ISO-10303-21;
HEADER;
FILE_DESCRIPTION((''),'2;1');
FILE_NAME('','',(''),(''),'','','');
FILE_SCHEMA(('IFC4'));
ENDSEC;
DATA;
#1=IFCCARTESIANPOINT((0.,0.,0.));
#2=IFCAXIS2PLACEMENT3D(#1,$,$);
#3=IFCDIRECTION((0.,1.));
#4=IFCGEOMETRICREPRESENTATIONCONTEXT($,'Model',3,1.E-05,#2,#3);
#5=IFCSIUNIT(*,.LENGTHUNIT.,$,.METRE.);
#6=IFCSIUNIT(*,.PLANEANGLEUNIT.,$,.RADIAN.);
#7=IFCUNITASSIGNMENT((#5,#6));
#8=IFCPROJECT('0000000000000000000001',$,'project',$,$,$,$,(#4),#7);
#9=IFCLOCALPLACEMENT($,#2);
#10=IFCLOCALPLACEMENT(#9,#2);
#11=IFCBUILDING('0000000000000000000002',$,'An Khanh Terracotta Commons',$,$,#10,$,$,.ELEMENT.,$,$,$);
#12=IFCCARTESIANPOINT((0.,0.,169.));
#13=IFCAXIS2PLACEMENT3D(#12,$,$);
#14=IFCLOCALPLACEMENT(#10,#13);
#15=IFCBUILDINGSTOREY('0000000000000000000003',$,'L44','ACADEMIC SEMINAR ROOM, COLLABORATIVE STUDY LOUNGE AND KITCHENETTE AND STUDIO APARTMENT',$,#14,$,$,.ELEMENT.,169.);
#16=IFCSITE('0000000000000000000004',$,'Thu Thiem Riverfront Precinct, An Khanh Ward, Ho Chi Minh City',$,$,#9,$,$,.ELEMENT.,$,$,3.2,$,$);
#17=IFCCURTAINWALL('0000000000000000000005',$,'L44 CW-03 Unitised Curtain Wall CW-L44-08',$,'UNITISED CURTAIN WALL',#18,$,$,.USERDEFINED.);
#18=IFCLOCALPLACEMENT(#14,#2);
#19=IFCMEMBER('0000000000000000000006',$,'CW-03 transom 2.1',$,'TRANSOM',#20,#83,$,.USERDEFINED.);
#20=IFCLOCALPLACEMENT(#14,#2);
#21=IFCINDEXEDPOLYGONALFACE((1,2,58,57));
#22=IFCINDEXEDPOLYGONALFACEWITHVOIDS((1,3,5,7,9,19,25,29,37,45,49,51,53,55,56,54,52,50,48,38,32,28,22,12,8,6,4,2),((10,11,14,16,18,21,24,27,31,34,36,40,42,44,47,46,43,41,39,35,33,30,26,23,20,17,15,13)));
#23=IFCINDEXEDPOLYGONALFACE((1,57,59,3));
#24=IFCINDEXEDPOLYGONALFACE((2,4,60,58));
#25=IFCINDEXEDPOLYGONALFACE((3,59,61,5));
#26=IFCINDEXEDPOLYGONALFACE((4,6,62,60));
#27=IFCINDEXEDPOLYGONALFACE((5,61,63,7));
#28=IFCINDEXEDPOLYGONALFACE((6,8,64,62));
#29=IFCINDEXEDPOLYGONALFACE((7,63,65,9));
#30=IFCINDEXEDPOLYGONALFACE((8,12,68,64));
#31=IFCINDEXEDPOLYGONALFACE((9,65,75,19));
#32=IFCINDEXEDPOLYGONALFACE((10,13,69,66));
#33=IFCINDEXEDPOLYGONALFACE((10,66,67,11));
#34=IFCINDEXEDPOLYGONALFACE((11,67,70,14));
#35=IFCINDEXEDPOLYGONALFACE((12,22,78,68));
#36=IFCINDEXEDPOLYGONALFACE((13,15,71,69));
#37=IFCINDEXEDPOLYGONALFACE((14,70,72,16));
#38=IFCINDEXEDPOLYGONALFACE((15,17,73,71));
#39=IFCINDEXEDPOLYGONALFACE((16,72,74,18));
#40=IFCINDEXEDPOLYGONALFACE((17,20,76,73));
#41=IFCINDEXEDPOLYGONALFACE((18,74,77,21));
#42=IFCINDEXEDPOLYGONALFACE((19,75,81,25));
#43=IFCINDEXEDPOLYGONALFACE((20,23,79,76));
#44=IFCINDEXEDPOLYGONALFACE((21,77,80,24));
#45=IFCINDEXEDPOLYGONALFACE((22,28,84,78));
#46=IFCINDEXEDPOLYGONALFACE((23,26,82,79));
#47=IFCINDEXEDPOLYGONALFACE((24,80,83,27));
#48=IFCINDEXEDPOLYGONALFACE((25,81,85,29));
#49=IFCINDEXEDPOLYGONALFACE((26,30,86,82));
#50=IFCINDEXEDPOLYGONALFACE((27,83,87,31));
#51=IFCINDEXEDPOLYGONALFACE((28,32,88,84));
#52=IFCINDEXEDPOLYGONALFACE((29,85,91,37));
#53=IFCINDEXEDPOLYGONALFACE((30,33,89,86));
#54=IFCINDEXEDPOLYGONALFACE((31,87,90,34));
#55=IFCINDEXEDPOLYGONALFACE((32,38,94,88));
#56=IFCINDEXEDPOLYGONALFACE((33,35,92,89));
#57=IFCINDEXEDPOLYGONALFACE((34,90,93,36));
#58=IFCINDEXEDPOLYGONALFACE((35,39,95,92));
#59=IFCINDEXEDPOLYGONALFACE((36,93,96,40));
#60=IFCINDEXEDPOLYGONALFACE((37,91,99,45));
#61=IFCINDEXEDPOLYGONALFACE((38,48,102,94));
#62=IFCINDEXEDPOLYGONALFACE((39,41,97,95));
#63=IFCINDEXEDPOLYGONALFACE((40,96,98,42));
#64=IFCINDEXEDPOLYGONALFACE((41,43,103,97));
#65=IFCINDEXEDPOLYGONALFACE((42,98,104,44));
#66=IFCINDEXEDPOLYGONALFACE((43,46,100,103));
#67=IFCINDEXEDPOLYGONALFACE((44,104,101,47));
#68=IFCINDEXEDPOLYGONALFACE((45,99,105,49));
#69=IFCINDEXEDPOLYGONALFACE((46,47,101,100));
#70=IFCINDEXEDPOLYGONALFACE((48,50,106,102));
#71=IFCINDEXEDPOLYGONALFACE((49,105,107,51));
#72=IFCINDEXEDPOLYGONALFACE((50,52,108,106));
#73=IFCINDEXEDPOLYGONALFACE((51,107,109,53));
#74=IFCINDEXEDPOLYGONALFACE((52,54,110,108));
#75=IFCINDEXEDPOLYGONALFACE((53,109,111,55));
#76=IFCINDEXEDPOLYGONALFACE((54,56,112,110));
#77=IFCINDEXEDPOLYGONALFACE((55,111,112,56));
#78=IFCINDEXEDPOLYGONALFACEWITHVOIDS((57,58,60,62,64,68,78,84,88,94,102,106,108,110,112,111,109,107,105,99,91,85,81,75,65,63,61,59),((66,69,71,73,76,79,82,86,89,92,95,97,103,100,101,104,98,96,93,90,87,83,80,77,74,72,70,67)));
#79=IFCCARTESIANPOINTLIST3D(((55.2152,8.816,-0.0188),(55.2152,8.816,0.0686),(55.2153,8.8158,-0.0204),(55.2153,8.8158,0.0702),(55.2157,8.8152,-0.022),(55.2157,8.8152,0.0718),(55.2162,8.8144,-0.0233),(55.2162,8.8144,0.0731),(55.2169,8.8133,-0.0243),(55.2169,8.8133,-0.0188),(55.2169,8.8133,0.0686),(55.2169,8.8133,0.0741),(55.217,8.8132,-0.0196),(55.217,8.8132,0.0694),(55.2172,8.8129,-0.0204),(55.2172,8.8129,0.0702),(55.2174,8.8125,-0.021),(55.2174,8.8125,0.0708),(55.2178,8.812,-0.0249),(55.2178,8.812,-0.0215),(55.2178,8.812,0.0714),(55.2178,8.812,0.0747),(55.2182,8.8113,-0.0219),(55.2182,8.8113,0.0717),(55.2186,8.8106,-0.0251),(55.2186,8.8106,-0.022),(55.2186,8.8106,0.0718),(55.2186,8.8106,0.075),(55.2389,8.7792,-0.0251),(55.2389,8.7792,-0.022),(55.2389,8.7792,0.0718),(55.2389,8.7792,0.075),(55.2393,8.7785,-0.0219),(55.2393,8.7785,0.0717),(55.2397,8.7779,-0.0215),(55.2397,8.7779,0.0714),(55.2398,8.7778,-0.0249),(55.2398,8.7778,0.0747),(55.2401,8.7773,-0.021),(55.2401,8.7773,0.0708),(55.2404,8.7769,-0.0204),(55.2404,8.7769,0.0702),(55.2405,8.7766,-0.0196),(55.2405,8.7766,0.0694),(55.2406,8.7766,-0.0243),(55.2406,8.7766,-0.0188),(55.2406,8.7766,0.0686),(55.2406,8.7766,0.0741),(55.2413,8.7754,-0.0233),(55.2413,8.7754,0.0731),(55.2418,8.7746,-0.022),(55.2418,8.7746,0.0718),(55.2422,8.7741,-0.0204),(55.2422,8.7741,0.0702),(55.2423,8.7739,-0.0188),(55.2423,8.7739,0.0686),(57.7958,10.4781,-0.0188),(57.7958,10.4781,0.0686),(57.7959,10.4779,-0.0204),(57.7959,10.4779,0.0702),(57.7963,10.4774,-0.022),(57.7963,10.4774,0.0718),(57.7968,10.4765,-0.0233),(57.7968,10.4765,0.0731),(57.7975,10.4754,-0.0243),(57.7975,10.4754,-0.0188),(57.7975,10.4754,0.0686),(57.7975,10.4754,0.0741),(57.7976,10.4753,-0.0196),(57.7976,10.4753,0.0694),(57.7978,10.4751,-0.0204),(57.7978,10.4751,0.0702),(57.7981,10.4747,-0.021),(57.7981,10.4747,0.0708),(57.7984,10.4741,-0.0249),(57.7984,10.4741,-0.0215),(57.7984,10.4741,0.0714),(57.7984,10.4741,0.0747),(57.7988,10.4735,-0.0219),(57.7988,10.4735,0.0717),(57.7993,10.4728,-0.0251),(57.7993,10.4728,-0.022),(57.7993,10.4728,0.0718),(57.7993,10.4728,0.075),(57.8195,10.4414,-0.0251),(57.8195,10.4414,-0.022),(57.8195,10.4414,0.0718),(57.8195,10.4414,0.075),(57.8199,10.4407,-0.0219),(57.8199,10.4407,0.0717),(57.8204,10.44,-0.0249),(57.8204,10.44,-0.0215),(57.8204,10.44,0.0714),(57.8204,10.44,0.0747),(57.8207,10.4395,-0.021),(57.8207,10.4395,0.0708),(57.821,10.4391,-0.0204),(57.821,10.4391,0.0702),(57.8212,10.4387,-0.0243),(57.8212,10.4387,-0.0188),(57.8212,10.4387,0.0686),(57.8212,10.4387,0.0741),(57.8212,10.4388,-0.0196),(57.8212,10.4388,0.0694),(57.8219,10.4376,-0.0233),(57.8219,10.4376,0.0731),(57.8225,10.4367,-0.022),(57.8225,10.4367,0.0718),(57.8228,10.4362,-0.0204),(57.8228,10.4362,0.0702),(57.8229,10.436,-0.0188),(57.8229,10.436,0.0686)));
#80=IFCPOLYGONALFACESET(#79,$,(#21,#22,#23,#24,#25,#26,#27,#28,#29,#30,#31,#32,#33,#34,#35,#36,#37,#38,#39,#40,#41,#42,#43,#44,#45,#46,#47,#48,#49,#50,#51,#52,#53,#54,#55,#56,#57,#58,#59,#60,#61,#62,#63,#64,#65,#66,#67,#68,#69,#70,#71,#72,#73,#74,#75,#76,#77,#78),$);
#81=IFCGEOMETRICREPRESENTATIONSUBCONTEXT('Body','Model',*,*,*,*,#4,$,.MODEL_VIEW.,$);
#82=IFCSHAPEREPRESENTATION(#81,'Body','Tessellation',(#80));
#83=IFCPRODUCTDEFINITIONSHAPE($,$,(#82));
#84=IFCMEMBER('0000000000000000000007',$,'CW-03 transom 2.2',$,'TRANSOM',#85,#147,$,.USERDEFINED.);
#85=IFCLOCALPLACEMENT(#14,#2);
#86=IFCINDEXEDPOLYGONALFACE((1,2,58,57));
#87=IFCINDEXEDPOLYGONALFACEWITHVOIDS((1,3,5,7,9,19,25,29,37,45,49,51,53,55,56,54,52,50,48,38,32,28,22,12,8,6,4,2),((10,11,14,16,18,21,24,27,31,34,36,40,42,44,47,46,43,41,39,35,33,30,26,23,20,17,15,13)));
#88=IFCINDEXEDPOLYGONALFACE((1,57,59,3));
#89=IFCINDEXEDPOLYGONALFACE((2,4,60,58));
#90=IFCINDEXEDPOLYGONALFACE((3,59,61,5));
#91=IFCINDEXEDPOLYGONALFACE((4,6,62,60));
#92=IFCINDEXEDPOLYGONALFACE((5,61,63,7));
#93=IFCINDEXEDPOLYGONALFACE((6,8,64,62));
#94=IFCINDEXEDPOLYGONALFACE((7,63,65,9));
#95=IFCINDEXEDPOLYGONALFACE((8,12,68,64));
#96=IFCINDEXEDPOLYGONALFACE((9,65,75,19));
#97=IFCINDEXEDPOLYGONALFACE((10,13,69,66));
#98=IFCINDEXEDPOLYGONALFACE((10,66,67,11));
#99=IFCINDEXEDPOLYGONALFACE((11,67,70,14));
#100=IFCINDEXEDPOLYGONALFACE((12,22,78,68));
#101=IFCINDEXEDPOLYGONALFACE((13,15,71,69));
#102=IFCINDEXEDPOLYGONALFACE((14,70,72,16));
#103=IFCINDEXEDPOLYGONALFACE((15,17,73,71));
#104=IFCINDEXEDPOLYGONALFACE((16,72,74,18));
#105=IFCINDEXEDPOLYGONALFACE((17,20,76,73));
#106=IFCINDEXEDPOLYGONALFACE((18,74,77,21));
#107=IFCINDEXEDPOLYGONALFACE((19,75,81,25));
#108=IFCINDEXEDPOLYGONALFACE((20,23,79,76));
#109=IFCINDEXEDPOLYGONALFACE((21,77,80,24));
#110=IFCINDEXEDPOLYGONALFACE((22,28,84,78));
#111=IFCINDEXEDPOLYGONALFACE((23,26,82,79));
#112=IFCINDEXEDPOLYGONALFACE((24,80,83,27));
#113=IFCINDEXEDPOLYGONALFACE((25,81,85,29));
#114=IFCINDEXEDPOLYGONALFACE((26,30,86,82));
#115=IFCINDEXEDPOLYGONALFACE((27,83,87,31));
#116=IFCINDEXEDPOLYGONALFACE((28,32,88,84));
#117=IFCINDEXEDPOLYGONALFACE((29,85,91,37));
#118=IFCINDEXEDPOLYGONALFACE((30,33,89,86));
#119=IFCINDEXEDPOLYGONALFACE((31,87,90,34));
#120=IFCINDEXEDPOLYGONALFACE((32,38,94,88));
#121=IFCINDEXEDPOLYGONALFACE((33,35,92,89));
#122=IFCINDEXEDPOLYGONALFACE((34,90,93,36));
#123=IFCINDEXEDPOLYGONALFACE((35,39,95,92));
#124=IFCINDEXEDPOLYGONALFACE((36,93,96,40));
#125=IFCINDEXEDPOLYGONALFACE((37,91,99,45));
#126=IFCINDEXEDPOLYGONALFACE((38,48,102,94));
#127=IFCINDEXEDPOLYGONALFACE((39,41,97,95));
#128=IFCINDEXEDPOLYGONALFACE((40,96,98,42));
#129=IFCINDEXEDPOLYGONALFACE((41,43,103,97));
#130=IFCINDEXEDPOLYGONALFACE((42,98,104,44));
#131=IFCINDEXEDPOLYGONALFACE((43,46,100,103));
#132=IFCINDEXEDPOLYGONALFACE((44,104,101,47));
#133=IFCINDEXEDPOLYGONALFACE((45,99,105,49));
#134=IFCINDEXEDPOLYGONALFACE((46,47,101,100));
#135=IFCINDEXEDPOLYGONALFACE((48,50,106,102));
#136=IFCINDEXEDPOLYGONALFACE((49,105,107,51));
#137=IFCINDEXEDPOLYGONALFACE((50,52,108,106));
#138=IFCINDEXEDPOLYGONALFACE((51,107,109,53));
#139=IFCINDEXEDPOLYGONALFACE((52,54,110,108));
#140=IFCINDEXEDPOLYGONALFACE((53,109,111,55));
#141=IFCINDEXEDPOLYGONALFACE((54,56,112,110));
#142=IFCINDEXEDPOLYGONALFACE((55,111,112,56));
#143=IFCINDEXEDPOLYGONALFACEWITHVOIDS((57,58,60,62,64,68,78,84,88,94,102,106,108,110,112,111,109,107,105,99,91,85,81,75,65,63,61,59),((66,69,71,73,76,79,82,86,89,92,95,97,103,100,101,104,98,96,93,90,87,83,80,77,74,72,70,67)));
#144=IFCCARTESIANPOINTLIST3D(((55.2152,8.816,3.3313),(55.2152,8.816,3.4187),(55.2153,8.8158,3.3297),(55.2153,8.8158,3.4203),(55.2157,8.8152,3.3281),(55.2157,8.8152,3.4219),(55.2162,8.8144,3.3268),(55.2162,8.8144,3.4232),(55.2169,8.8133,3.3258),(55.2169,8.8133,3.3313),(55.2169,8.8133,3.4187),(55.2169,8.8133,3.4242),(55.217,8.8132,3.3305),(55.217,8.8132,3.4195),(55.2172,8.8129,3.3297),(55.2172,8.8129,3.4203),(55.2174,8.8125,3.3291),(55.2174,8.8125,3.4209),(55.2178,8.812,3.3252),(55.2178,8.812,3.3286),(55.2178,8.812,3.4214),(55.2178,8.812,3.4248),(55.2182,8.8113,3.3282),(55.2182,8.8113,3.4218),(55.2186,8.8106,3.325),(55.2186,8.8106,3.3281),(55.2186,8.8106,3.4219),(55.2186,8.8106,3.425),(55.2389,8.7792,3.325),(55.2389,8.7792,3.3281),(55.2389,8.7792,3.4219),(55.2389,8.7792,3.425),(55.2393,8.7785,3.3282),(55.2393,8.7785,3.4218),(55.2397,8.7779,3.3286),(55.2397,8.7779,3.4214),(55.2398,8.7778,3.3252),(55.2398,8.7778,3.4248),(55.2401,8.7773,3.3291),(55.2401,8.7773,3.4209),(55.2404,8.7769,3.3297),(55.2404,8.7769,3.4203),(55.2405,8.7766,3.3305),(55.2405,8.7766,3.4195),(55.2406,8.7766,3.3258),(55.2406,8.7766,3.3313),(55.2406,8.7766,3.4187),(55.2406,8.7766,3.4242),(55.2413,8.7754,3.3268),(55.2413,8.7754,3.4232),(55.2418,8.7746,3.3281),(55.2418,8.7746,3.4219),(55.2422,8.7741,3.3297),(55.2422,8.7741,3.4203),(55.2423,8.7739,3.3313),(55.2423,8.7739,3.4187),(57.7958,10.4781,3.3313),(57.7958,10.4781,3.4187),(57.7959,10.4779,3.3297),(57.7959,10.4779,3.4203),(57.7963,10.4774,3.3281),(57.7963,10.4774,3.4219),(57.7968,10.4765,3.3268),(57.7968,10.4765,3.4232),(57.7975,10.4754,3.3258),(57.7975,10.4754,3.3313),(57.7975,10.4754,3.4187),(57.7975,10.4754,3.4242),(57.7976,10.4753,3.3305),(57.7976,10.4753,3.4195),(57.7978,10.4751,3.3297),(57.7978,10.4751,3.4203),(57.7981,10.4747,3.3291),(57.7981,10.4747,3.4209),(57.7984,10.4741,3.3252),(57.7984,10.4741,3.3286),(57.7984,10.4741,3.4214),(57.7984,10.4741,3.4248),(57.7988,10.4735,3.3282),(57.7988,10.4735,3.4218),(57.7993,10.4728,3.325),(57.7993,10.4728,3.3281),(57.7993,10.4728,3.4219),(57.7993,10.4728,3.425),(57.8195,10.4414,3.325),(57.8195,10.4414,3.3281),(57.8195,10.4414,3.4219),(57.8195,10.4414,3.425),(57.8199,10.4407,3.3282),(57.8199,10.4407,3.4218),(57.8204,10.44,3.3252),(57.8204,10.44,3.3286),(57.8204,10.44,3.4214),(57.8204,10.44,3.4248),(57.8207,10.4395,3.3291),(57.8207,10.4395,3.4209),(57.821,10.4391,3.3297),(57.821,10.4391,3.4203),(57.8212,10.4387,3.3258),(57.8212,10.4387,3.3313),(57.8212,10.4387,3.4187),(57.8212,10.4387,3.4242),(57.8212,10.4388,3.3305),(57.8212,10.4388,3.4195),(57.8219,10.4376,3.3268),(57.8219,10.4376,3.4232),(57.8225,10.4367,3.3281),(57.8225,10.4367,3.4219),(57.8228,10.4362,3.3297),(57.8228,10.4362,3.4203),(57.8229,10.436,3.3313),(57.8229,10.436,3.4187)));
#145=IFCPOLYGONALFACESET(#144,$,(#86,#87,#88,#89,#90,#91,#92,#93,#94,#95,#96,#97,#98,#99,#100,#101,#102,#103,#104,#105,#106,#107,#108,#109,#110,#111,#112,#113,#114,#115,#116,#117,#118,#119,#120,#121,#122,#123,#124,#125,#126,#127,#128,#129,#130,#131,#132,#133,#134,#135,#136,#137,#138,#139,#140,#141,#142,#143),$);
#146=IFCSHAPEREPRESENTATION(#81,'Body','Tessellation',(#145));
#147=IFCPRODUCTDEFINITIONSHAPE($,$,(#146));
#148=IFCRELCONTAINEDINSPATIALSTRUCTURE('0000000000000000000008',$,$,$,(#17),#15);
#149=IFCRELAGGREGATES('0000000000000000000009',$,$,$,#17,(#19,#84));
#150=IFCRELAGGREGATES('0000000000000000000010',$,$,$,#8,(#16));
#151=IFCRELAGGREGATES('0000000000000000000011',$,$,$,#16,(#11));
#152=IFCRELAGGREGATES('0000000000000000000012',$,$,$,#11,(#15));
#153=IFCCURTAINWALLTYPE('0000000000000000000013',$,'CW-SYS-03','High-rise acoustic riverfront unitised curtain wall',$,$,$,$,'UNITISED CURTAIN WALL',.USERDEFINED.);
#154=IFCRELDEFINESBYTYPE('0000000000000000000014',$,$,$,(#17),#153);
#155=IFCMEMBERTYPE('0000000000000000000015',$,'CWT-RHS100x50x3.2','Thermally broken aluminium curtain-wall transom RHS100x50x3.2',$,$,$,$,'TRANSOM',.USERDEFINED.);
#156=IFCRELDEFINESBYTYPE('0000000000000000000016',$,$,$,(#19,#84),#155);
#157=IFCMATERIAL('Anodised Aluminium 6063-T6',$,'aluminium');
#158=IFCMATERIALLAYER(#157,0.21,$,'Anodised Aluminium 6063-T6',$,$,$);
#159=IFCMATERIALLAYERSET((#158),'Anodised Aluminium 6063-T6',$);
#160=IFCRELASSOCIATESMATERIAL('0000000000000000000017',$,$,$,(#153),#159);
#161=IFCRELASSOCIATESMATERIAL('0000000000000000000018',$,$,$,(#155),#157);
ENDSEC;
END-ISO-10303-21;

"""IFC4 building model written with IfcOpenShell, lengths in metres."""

from ifc_helpers import new_model, si_unit, direction, frame, origin, origin_2d, place, context, subcontext, project, spatial, hollow_rectangle, extrude, material, layer, layer_set, material_profile, profile_set, type_object, element, aggregate, save


model = new_model("IFC4")

# Units and contexts
model_context = context("Model", 3, precision=1e-05, world=origin(), true_north=direction((0.0, 1.0)))
body_context = subcontext(model_context, "Body", "Model", "MODEL_VIEW")
ifc_project = project(units=[si_unit("LENGTHUNIT", "METRE"), si_unit("PLANEANGLEUNIT", "RADIAN")], contexts=[model_context])

# Site, building, storey
site_placement = place(None, origin())
site = spatial("IfcSite", under=ifc_project, at=site_placement, Name="Thu Thiem Riverfront Precinct, An Khanh Ward, Ho Chi Minh City", CompositionType="ELEMENT", RefElevation=3.2)
building_placement = place(site_placement, origin())
building = spatial("IfcBuilding", under=site, at=building_placement, Name="An Khanh Terracotta Commons", CompositionType="ELEMENT")
storey_placement = place(building_placement, frame((0.0, 0.0, 169.0)))
storey = spatial("IfcBuildingStorey", under=building, at=storey_placement, Name="L44", Description="ACADEMIC SEMINAR ROOM, COLLABORATIVE STUDY LOUNGE AND KITCHENETTE AND STUDIO APARTMENT", CompositionType="ELEMENT", Elevation=169.0)

# Curtain wall
ifc_material_1 = material(Name="Anodised Aluminium 6063-T6", Category="aluminium")
ifc_layer_1 = layer(ifc_material_1, 0.21, Name="Anodised Aluminium 6063-T6")
ifc_layer_set_1 = layer_set([ifc_layer_1], Name="Anodised Aluminium 6063-T6")
curtain_wall_type = type_object("IfcCurtainWallType", Name="CW-SYS-03", Description="High-rise acoustic riverfront unitised curtain wall", ElementType="UNITISED CURTAIN WALL", PredefinedType="USERDEFINED", material=ifc_layer_set_1)
curtain_wall_1_placement = place(storey_placement, origin())
curtain_wall_1 = element("IfcCurtainWall", 1, at=curtain_wall_1_placement, inside=storey, type_object=curtain_wall_type, Name="L44 CW-03 Unitised Curtain Wall CW-L44-08", ObjectType="UNITISED CURTAIN WALL", PredefinedType="USERDEFINED")

# Members
ifc_material_profile_1 = material_profile(ifc_material_1, hollow_rectangle(XDim=0.05, YDim=0.1001, WallThickness=0.0032, InnerFilletRadius=0.0032, OuterFilletRadius=0.0063, at=origin_2d()), Name="RHS100x50x3.2")
ifc_profile_set_1 = profile_set([ifc_material_profile_1], Name="Anodised Aluminium 6063-T6")
member_type_1 = type_object("IfcMemberType", Name="CWT-RHS100x50x3.2", Description="Thermally broken aluminium curtain-wall transom RHS100x50x3.2", ElementType="TRANSOM", PredefinedType="USERDEFINED", material=ifc_profile_set_1)
member_1_placement = place(storey_placement, frame((55.2288, 8.7949, 0.0249), z_axis=(0.840708, 0.541489, 0.0), x_axis=(-0.541489, 0.840708, 0.0)))
member_1 = element("IfcMember", 2, at=member_1_placement, type_object=member_type_1, Name="CW-03 transom 2.1", ObjectType="TRANSOM", PredefinedType="USERDEFINED", context=body_context, shape_type="SweptSolid", body=[
    extrude(hollow_rectangle(XDim=0.05, YDim=0.1001, WallThickness=0.0032, InnerFilletRadius=0.0032, OuterFilletRadius=0.0063, at=origin_2d()), origin(), (0.0, 0.0, 1.0), 3.0696),
])
member_2_placement = place(storey_placement, frame((55.2288, 8.7949, 3.375), z_axis=(0.840708, 0.541489, 0.0), x_axis=(-0.541489, 0.840708, 0.0)))
member_2 = element("IfcMember", 3, at=member_2_placement, type_object=member_type_1, Name="CW-03 transom 2.2", ObjectType="TRANSOM", PredefinedType="USERDEFINED", context=body_context, shape_type="SweptSolid", body=[
    extrude(hollow_rectangle(XDim=0.05, YDim=0.1001, WallThickness=0.0032, InnerFilletRadius=0.0032, OuterFilletRadius=0.0063, at=origin_2d()), origin(), (0.0, 0.0, 1.0), 3.0696),
])

aggregate(curtain_wall_1, [member_1, member_2])

save(model, "model.ifc")
